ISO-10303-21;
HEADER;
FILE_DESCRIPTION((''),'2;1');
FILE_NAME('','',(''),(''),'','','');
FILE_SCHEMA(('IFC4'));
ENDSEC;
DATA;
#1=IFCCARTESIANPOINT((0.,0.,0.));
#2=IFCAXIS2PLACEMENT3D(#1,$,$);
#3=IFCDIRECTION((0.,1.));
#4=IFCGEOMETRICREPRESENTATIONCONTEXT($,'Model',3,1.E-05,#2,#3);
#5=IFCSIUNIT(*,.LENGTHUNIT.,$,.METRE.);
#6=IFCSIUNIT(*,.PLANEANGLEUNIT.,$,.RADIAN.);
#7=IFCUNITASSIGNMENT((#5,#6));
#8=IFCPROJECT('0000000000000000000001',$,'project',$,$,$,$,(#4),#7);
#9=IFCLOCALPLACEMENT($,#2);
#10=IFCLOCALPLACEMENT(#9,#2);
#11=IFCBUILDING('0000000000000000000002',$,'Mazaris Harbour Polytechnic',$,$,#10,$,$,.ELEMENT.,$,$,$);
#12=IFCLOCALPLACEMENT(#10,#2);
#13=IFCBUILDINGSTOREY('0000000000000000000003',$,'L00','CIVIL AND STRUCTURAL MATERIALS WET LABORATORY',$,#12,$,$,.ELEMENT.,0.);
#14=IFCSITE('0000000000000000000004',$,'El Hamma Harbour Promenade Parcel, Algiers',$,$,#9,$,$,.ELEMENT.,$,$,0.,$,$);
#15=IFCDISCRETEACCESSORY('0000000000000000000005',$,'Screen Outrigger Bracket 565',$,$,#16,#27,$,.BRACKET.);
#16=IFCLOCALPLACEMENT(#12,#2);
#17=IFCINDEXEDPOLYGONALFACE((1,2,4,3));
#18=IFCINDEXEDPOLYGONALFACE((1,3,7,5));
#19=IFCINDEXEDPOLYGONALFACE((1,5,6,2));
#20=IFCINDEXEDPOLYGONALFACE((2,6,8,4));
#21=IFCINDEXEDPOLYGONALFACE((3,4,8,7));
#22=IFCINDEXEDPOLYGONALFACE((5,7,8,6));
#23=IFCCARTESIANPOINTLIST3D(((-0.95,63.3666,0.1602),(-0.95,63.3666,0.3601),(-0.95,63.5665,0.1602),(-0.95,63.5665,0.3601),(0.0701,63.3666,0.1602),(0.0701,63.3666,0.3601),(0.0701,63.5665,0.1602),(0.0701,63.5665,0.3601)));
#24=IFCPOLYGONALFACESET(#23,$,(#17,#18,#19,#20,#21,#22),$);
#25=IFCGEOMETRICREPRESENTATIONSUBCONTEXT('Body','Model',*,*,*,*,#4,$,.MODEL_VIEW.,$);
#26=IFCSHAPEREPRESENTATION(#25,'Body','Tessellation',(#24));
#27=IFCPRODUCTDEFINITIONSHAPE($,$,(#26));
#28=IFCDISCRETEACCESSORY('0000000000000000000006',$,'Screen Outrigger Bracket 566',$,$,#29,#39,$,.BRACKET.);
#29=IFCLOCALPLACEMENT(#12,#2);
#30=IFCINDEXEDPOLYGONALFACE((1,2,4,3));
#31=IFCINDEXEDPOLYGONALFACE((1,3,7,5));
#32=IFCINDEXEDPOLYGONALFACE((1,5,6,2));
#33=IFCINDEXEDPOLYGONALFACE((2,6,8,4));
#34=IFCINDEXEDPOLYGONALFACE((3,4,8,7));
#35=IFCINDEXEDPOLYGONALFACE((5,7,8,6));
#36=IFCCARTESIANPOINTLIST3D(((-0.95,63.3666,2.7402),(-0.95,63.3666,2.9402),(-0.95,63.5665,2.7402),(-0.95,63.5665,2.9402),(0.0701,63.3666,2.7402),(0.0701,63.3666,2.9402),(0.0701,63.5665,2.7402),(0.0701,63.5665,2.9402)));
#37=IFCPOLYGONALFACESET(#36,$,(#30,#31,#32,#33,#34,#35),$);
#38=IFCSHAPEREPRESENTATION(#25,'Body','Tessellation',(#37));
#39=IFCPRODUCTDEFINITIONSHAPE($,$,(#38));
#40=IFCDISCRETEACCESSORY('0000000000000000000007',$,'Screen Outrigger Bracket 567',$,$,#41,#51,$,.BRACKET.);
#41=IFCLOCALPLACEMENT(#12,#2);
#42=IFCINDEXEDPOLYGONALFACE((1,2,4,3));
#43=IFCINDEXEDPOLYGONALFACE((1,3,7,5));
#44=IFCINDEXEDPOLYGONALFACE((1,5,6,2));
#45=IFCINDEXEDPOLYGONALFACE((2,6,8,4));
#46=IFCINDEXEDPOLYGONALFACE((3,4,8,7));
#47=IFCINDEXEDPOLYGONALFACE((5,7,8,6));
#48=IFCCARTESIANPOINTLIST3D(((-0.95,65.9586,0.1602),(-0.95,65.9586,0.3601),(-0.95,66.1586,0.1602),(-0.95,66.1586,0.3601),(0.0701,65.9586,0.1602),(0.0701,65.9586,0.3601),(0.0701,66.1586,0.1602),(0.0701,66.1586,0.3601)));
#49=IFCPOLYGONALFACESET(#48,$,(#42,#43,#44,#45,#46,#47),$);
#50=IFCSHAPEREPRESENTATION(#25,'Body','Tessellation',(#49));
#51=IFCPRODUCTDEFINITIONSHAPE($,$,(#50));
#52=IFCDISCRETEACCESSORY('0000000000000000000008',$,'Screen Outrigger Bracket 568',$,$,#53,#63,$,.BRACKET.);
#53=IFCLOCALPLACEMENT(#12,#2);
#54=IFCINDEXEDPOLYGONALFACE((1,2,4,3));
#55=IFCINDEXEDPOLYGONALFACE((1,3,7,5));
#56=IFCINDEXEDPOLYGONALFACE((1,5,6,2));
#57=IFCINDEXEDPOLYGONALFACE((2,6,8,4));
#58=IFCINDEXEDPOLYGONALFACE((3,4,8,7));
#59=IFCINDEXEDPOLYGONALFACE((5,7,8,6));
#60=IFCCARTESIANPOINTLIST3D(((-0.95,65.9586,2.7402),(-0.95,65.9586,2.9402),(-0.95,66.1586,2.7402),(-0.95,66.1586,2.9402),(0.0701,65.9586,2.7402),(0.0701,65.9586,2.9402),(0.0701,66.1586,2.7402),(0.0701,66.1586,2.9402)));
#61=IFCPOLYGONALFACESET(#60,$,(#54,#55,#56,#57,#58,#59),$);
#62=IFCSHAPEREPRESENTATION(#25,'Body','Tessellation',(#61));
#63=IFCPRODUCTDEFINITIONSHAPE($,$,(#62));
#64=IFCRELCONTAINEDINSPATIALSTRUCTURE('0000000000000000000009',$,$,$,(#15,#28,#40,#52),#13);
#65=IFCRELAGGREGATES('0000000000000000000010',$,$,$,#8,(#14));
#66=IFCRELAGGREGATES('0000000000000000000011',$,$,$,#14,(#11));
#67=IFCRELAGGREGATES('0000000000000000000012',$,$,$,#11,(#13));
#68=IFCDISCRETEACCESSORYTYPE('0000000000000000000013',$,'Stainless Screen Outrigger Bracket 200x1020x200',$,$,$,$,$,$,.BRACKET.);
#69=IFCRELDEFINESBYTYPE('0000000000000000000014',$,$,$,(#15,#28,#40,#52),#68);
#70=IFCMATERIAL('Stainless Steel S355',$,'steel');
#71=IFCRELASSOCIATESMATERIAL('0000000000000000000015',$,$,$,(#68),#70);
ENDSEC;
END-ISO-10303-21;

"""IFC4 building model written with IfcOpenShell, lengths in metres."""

from ifc_helpers import new_model, si_unit, direction, frame, origin, origin_2d, place, context, subcontext, project, spatial, rectangle, extrude, material, type_object, element, save


model = new_model("IFC4")

# Units and contexts
model_context = context("Model", 3, precision=1e-05, world=origin(), true_north=direction((0.0, 1.0)))
body_context = subcontext(model_context, "Body", "Model", "MODEL_VIEW")
ifc_project = project(units=[si_unit("LENGTHUNIT", "METRE"), si_unit("PLANEANGLEUNIT", "RADIAN")], contexts=[model_context])

# Site, building, storey
site_placement = place(None, origin())
site = spatial("IfcSite", under=ifc_project, at=site_placement, Name="El Hamma Harbour Promenade Parcel, Algiers", CompositionType="ELEMENT", RefElevation=0.0)
building_placement = place(site_placement, origin())
building = spatial("IfcBuilding", under=site, at=building_placement, Name="Mazaris Harbour Polytechnic", CompositionType="ELEMENT")
storey_placement = place(building_placement, origin())
storey = spatial("IfcBuildingStorey", under=building, at=storey_placement, Name="L00", Description="CIVIL AND STRUCTURAL MATERIALS WET LABORATORY", CompositionType="ELEMENT", Elevation=0.0)

# Discrete accessories
ifc_material_1 = material(Name="Stainless Steel S355", Category="steel")
discrete_accessory_type = type_object("IfcDiscreteAccessoryType", Name="Stainless Screen Outrigger Bracket 200x1020x200", PredefinedType="BRACKET", material=ifc_material_1)
for number, where, z_axis, x_axis, name in (
    (1, (-0.4399, 63.4666, 0.1602), (0.0, 0.0, 1.0), (0.0, 1.0, 0.0), "Screen Outrigger Bracket 565"),
    (2, (-0.4399, 63.4666, 2.7402), (0.0, 0.0, 1.0), (0.0, 1.0, 0.0), "Screen Outrigger Bracket 566"),
    (3, (-0.4399, 66.0586, 0.1602), (0.0, 0.0, 1.0), (0.0, 1.0, 0.0), "Screen Outrigger Bracket 567"),
    (4, (-0.4399, 66.0586, 2.7402), (0.0, 0.0, 1.0), (0.0, 1.0, 0.0), "Screen Outrigger Bracket 568"),
):
    element("IfcDiscreteAccessory", number, at=place(storey_placement, frame(where, z_axis=z_axis, x_axis=x_axis)), inside=storey, type_object=discrete_accessory_type, Name=name, PredefinedType="BRACKET", context=body_context, shape_type="SweptSolid", body=[
        extrude(rectangle(XDim=0.2, YDim=1.02, at=origin_2d()), origin(), (0.0, 0.0, 1.0), 0.2),
    ])

save(model, "model.ifc")
